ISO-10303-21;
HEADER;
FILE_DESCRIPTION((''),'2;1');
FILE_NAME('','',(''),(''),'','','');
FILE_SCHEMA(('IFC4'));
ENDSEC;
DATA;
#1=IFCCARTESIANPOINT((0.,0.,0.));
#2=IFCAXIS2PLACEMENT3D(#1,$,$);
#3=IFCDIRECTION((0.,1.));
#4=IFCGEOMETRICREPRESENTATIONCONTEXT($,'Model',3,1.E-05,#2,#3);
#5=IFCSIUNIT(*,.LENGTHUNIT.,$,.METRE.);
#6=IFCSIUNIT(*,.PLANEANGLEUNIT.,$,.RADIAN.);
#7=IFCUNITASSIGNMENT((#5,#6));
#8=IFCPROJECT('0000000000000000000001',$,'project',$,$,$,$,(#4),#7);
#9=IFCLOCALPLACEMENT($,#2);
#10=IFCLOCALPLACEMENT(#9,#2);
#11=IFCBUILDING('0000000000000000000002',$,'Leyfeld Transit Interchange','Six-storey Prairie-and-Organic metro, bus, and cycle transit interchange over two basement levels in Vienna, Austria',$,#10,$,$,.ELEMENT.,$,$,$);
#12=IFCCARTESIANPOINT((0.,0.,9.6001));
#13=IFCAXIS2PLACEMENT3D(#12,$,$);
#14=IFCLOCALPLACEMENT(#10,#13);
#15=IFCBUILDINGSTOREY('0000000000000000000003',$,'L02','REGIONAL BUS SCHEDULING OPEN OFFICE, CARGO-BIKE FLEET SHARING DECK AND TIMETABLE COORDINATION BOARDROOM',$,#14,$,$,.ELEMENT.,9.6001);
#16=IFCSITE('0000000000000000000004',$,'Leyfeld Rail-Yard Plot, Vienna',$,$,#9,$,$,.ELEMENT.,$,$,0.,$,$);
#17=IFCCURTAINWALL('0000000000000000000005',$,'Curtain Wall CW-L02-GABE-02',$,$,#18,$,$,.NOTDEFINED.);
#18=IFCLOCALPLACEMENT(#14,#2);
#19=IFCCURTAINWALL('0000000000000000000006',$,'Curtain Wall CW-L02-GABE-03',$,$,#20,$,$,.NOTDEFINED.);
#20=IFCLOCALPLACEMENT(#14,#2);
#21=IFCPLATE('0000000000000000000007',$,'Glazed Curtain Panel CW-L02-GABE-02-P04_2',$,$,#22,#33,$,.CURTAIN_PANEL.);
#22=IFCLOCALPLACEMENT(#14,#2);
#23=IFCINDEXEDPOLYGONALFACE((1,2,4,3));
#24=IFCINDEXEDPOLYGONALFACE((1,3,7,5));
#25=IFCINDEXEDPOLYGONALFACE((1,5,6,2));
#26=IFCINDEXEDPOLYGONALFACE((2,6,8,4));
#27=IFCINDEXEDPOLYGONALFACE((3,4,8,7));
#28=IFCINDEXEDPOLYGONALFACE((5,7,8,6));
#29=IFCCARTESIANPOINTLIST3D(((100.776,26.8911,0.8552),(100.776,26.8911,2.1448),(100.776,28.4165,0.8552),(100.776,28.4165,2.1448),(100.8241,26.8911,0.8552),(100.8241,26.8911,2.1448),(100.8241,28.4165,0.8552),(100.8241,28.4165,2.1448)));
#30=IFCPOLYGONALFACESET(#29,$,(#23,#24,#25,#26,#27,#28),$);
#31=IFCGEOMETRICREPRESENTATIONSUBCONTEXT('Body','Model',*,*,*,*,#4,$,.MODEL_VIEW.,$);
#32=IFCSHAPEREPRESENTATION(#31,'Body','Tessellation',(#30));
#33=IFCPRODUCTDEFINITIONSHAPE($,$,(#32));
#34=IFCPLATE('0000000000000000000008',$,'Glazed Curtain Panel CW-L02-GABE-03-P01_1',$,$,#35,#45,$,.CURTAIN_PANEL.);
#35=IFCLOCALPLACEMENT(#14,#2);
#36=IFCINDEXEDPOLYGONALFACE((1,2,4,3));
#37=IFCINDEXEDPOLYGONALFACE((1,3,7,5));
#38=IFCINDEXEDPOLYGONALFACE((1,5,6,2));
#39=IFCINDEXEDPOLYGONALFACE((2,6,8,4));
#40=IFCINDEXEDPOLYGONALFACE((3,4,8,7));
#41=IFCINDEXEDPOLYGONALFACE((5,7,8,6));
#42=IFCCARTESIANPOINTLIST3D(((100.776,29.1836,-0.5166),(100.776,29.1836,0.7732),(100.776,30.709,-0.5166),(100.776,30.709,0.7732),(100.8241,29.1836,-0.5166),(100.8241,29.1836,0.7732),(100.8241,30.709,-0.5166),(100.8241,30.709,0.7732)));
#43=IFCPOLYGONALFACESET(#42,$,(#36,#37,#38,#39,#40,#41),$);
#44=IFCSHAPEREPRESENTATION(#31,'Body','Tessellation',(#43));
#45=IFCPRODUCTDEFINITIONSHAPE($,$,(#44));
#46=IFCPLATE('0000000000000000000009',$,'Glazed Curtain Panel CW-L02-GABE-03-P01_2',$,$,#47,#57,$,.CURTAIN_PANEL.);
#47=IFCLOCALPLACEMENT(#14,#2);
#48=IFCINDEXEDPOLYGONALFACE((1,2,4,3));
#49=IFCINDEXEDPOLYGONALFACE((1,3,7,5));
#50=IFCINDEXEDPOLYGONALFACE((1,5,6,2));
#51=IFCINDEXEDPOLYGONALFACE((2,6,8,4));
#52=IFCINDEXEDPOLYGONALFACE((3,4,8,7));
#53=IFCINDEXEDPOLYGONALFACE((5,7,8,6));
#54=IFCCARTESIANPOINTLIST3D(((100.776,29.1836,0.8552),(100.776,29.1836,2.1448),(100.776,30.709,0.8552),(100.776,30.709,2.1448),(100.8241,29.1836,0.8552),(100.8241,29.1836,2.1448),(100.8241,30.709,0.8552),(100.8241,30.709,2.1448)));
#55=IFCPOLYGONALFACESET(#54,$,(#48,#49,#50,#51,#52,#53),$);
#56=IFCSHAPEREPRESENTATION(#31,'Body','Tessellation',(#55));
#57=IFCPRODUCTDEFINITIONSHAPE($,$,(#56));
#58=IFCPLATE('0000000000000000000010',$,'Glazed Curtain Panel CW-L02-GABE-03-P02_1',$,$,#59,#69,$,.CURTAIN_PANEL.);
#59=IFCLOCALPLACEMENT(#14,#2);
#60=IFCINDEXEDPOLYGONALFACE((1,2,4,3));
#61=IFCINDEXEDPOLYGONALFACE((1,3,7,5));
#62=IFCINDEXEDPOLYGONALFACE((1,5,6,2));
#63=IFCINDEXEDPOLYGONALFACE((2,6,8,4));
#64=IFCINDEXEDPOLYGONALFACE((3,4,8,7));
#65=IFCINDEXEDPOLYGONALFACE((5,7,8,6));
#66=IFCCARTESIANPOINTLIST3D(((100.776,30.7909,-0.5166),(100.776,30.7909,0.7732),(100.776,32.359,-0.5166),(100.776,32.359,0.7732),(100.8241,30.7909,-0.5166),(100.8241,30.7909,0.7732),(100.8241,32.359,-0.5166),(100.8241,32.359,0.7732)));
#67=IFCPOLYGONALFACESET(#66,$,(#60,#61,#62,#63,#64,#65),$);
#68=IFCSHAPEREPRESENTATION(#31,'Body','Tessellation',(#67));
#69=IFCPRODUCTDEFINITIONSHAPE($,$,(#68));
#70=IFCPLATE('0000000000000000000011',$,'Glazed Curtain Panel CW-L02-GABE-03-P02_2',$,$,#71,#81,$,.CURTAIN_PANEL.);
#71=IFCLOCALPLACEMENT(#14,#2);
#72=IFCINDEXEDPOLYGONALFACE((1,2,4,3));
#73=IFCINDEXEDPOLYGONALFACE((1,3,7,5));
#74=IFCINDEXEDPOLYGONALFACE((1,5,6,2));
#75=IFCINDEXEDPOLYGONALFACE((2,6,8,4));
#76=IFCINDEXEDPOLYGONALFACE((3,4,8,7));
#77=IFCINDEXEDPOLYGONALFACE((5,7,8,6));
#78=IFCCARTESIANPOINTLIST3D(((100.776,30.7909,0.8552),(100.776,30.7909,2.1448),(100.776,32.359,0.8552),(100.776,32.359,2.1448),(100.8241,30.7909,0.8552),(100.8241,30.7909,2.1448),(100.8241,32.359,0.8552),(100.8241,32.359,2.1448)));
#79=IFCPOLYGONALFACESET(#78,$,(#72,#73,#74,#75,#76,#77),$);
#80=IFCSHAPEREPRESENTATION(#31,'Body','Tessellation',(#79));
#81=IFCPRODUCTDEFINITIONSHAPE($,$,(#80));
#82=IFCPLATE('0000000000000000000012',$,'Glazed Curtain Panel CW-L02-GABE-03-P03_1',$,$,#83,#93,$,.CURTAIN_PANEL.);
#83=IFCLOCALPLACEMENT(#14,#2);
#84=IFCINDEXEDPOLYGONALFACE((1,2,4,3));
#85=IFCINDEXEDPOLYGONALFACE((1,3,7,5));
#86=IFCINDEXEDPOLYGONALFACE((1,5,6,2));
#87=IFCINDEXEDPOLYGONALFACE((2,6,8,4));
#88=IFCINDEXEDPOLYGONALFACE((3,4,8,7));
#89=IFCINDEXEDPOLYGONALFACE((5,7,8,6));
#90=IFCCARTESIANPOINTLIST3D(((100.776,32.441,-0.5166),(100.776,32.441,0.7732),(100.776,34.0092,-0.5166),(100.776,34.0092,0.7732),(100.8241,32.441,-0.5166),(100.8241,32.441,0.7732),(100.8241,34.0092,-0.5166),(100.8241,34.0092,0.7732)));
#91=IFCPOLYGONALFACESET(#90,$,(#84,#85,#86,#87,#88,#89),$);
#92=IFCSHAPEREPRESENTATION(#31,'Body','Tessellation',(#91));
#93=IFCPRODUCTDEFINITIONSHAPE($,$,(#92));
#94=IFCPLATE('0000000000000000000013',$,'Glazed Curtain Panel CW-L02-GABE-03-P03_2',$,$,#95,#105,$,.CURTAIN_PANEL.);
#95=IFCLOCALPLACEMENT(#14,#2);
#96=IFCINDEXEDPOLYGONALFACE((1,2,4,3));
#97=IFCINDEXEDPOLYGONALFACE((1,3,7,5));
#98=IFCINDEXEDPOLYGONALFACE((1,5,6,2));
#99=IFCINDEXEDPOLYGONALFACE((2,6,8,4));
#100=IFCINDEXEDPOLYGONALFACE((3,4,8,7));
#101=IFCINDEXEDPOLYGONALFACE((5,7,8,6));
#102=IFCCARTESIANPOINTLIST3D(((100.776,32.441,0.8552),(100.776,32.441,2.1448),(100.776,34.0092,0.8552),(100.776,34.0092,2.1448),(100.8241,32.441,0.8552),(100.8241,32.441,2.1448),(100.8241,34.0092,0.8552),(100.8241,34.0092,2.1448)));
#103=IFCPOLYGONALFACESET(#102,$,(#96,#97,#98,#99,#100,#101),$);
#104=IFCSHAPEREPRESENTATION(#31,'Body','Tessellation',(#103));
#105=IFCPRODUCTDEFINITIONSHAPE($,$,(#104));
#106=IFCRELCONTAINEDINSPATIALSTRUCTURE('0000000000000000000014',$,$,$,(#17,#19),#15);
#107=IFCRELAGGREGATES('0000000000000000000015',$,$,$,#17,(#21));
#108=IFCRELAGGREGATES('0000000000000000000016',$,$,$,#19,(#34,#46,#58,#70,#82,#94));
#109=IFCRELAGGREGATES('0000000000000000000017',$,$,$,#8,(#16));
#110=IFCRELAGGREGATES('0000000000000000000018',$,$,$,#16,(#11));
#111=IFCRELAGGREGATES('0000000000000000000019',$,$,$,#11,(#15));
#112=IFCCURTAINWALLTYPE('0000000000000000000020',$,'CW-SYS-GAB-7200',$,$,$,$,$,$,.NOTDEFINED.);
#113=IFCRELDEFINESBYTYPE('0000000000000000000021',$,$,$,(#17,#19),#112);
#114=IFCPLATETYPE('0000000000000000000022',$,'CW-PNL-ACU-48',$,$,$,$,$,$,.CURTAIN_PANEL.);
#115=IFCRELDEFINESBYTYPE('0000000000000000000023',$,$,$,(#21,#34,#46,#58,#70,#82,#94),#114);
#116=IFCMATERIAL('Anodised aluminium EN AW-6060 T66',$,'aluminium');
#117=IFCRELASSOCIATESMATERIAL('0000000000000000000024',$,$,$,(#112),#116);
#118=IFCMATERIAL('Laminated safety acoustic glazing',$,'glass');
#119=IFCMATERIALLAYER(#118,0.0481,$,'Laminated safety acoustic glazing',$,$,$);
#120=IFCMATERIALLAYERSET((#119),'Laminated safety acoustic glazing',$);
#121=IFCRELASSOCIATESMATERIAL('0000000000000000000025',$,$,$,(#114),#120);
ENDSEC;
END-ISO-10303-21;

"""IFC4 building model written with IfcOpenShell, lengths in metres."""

from ifc_helpers import new_model, si_unit, direction, frame, origin, origin_2d, place, context, subcontext, project, spatial, rectangle, extrude, material, layer, layer_set, type_object, element, aggregate, save


model = new_model("IFC4")

# Units and contexts
model_context = context("Model", 3, precision=1e-05, world=origin(), true_north=direction((0.0, 1.0)))
body_context = subcontext(model_context, "Body", "Model", "MODEL_VIEW")
ifc_project = project(units=[si_unit("LENGTHUNIT", "METRE"), si_unit("PLANEANGLEUNIT", "RADIAN")], contexts=[model_context])

# Site, building, storey
site_placement = place(None, origin())
site = spatial("IfcSite", under=ifc_project, at=site_placement, Name="Leyfeld Rail-Yard Plot, Vienna", CompositionType="ELEMENT", RefElevation=0.0)
building_placement = place(site_placement, origin())
building = spatial("IfcBuilding", under=site, at=building_placement, Name="Leyfeld Transit Interchange", Description="Six-storey Prairie-and-Organic metro, bus, and cycle transit interchange over two basement levels in Vienna, Austria", CompositionType="ELEMENT")
storey_placement = place(building_placement, frame((0.0, 0.0, 9.6001)))
storey = spatial("IfcBuildingStorey", under=building, at=storey_placement, Name="L02", Description="REGIONAL BUS SCHEDULING OPEN OFFICE, CARGO-BIKE FLEET SHARING DECK AND TIMETABLE COORDINATION BOARDROOM", CompositionType="ELEMENT", Elevation=9.6001)

# Curtain walls
ifc_material_1 = material(Name="Anodised aluminium EN AW-6060 T66", Category="aluminium")
curtain_wall_type = type_object("IfcCurtainWallType", Name="CW-SYS-GAB-7200", PredefinedType="NOTDEFINED", material=ifc_material_1)
curtain_wall_1_placement = place(storey_placement, origin())
curtain_wall_1 = element("IfcCurtainWall", 1, at=curtain_wall_1_placement, inside=storey, type_object=curtain_wall_type, Name="Curtain Wall CW-L02-GABE-02", PredefinedType="NOTDEFINED")
curtain_wall_2_placement = place(storey_placement, origin())
curtain_wall_2 = element("IfcCurtainWall", 2, at=curtain_wall_2_placement, inside=storey, type_object=curtain_wall_type, Name="Curtain Wall CW-L02-GABE-03", PredefinedType="NOTDEFINED")

# Plates
ifc_material_2 = material(Name="Laminated safety acoustic glazing", Category="glass")
ifc_layer = layer(ifc_material_2, 0.0481, Name="Laminated safety acoustic glazing")
ifc_layer_set = layer_set([ifc_layer], Name="Laminated safety acoustic glazing")
plate_type = type_object("IfcPlateType", Name="CW-PNL-ACU-48", PredefinedType="CURTAIN_PANEL", material=ifc_layer_set)
plate_1_placement = place(storey_placement, frame((100.8, 27.6538, 0.8552), z_axis=(0.0, 0.0, 1.0), x_axis=(0.0, 1.0, 0.0)))
plate_1 = element("IfcPlate", 3, at=plate_1_placement, type_object=plate_type, Name="Glazed Curtain Panel CW-L02-GABE-02-P04_2", PredefinedType="CURTAIN_PANEL", context=body_context, shape_type="SweptSolid", body=[
    extrude(rectangle(XDim=1.5254, YDim=0.0481, at=origin_2d()), origin(), (0.0, 0.0, 1.0), 1.2896),
])
aggregate(curtain_wall_1, [plate_1])
plate_2_placement = place(storey_placement, frame((100.8, 29.9463, -0.5166), z_axis=(0.0, 0.0, 1.0), x_axis=(0.0, 1.0, 0.0)))
plate_2 = element("IfcPlate", 4, at=plate_2_placement, type_object=plate_type, Name="Glazed Curtain Panel CW-L02-GABE-03-P01_1", PredefinedType="CURTAIN_PANEL", context=body_context, shape_type="SweptSolid", body=[
    extrude(rectangle(XDim=1.5254, YDim=0.0481, at=origin_2d()), origin(), (0.0, 0.0, 1.0), 1.2898),
])
plate_3_placement = place(storey_placement, frame((100.8, 29.9463, 0.8552), z_axis=(0.0, 0.0, 1.0), x_axis=(0.0, 1.0, 0.0)))
plate_3 = element("IfcPlate", 5, at=plate_3_placement, type_object=plate_type, Name="Glazed Curtain Panel CW-L02-GABE-03-P01_2", PredefinedType="CURTAIN_PANEL", context=body_context, shape_type="SweptSolid", body=[
    extrude(rectangle(XDim=1.5254, YDim=0.0481, at=origin_2d()), origin(), (0.0, 0.0, 1.0), 1.2896),
])
plate_4_placement = place(storey_placement, frame((100.8, 31.575, -0.5166), z_axis=(0.0, 0.0, 1.0), x_axis=(0.0, 1.0, 0.0)))
plate_4 = element("IfcPlate", 6, at=plate_4_placement, type_object=plate_type, Name="Glazed Curtain Panel CW-L02-GABE-03-P02_1", PredefinedType="CURTAIN_PANEL", context=body_context, shape_type="SweptSolid", body=[
    extrude(rectangle(XDim=1.5681, YDim=0.0481, at=origin_2d()), origin(), (0.0, 0.0, 1.0), 1.2898),
])
plate_5_placement = place(storey_placement, frame((100.8, 31.575, 0.8552), z_axis=(0.0, 0.0, 1.0), x_axis=(0.0, 1.0, 0.0)))
plate_5 = element("IfcPlate", 7, at=plate_5_placement, type_object=plate_type, Name="Glazed Curtain Panel CW-L02-GABE-03-P02_2", PredefinedType="CURTAIN_PANEL", context=body_context, shape_type="SweptSolid", body=[
    extrude(rectangle(XDim=1.5681, YDim=0.0481, at=origin_2d()), origin(), (0.0, 0.0, 1.0), 1.2896),
])
plate_6_placement = place(storey_placement, frame((100.8, 33.2251, -0.5166), z_axis=(0.0, 0.0, 1.0), x_axis=(0.0, 1.0, 0.0)))
plate_6 = element("IfcPlate", 8, at=plate_6_placement, type_object=plate_type, Name="Glazed Curtain Panel CW-L02-GABE-03-P03_1", PredefinedType="CURTAIN_PANEL", context=body_context, shape_type="SweptSolid", body=[
    extrude(rectangle(XDim=1.5681, YDim=0.0481, at=origin_2d()), origin(), (0.0, 0.0, 1.0), 1.2898),
])
plate_7_placement = place(storey_placement, frame((100.8, 33.2251, 0.8552), z_axis=(0.0, 0.0, 1.0), x_axis=(0.0, 1.0, 0.0)))
plate_7 = element("IfcPlate", 9, at=plate_7_placement, type_object=plate_type, Name="Glazed Curtain Panel CW-L02-GABE-03-P03_2", PredefinedType="CURTAIN_PANEL", context=body_context, shape_type="SweptSolid", body=[
    extrude(rectangle(XDim=1.5681, YDim=0.0481, at=origin_2d()), origin(), (0.0, 0.0, 1.0), 1.2896),
])
aggregate(curtain_wall_2, [plate_2, plate_3, plate_4, plate_5, plate_6, plate_7])

save(model, "model.ifc")
